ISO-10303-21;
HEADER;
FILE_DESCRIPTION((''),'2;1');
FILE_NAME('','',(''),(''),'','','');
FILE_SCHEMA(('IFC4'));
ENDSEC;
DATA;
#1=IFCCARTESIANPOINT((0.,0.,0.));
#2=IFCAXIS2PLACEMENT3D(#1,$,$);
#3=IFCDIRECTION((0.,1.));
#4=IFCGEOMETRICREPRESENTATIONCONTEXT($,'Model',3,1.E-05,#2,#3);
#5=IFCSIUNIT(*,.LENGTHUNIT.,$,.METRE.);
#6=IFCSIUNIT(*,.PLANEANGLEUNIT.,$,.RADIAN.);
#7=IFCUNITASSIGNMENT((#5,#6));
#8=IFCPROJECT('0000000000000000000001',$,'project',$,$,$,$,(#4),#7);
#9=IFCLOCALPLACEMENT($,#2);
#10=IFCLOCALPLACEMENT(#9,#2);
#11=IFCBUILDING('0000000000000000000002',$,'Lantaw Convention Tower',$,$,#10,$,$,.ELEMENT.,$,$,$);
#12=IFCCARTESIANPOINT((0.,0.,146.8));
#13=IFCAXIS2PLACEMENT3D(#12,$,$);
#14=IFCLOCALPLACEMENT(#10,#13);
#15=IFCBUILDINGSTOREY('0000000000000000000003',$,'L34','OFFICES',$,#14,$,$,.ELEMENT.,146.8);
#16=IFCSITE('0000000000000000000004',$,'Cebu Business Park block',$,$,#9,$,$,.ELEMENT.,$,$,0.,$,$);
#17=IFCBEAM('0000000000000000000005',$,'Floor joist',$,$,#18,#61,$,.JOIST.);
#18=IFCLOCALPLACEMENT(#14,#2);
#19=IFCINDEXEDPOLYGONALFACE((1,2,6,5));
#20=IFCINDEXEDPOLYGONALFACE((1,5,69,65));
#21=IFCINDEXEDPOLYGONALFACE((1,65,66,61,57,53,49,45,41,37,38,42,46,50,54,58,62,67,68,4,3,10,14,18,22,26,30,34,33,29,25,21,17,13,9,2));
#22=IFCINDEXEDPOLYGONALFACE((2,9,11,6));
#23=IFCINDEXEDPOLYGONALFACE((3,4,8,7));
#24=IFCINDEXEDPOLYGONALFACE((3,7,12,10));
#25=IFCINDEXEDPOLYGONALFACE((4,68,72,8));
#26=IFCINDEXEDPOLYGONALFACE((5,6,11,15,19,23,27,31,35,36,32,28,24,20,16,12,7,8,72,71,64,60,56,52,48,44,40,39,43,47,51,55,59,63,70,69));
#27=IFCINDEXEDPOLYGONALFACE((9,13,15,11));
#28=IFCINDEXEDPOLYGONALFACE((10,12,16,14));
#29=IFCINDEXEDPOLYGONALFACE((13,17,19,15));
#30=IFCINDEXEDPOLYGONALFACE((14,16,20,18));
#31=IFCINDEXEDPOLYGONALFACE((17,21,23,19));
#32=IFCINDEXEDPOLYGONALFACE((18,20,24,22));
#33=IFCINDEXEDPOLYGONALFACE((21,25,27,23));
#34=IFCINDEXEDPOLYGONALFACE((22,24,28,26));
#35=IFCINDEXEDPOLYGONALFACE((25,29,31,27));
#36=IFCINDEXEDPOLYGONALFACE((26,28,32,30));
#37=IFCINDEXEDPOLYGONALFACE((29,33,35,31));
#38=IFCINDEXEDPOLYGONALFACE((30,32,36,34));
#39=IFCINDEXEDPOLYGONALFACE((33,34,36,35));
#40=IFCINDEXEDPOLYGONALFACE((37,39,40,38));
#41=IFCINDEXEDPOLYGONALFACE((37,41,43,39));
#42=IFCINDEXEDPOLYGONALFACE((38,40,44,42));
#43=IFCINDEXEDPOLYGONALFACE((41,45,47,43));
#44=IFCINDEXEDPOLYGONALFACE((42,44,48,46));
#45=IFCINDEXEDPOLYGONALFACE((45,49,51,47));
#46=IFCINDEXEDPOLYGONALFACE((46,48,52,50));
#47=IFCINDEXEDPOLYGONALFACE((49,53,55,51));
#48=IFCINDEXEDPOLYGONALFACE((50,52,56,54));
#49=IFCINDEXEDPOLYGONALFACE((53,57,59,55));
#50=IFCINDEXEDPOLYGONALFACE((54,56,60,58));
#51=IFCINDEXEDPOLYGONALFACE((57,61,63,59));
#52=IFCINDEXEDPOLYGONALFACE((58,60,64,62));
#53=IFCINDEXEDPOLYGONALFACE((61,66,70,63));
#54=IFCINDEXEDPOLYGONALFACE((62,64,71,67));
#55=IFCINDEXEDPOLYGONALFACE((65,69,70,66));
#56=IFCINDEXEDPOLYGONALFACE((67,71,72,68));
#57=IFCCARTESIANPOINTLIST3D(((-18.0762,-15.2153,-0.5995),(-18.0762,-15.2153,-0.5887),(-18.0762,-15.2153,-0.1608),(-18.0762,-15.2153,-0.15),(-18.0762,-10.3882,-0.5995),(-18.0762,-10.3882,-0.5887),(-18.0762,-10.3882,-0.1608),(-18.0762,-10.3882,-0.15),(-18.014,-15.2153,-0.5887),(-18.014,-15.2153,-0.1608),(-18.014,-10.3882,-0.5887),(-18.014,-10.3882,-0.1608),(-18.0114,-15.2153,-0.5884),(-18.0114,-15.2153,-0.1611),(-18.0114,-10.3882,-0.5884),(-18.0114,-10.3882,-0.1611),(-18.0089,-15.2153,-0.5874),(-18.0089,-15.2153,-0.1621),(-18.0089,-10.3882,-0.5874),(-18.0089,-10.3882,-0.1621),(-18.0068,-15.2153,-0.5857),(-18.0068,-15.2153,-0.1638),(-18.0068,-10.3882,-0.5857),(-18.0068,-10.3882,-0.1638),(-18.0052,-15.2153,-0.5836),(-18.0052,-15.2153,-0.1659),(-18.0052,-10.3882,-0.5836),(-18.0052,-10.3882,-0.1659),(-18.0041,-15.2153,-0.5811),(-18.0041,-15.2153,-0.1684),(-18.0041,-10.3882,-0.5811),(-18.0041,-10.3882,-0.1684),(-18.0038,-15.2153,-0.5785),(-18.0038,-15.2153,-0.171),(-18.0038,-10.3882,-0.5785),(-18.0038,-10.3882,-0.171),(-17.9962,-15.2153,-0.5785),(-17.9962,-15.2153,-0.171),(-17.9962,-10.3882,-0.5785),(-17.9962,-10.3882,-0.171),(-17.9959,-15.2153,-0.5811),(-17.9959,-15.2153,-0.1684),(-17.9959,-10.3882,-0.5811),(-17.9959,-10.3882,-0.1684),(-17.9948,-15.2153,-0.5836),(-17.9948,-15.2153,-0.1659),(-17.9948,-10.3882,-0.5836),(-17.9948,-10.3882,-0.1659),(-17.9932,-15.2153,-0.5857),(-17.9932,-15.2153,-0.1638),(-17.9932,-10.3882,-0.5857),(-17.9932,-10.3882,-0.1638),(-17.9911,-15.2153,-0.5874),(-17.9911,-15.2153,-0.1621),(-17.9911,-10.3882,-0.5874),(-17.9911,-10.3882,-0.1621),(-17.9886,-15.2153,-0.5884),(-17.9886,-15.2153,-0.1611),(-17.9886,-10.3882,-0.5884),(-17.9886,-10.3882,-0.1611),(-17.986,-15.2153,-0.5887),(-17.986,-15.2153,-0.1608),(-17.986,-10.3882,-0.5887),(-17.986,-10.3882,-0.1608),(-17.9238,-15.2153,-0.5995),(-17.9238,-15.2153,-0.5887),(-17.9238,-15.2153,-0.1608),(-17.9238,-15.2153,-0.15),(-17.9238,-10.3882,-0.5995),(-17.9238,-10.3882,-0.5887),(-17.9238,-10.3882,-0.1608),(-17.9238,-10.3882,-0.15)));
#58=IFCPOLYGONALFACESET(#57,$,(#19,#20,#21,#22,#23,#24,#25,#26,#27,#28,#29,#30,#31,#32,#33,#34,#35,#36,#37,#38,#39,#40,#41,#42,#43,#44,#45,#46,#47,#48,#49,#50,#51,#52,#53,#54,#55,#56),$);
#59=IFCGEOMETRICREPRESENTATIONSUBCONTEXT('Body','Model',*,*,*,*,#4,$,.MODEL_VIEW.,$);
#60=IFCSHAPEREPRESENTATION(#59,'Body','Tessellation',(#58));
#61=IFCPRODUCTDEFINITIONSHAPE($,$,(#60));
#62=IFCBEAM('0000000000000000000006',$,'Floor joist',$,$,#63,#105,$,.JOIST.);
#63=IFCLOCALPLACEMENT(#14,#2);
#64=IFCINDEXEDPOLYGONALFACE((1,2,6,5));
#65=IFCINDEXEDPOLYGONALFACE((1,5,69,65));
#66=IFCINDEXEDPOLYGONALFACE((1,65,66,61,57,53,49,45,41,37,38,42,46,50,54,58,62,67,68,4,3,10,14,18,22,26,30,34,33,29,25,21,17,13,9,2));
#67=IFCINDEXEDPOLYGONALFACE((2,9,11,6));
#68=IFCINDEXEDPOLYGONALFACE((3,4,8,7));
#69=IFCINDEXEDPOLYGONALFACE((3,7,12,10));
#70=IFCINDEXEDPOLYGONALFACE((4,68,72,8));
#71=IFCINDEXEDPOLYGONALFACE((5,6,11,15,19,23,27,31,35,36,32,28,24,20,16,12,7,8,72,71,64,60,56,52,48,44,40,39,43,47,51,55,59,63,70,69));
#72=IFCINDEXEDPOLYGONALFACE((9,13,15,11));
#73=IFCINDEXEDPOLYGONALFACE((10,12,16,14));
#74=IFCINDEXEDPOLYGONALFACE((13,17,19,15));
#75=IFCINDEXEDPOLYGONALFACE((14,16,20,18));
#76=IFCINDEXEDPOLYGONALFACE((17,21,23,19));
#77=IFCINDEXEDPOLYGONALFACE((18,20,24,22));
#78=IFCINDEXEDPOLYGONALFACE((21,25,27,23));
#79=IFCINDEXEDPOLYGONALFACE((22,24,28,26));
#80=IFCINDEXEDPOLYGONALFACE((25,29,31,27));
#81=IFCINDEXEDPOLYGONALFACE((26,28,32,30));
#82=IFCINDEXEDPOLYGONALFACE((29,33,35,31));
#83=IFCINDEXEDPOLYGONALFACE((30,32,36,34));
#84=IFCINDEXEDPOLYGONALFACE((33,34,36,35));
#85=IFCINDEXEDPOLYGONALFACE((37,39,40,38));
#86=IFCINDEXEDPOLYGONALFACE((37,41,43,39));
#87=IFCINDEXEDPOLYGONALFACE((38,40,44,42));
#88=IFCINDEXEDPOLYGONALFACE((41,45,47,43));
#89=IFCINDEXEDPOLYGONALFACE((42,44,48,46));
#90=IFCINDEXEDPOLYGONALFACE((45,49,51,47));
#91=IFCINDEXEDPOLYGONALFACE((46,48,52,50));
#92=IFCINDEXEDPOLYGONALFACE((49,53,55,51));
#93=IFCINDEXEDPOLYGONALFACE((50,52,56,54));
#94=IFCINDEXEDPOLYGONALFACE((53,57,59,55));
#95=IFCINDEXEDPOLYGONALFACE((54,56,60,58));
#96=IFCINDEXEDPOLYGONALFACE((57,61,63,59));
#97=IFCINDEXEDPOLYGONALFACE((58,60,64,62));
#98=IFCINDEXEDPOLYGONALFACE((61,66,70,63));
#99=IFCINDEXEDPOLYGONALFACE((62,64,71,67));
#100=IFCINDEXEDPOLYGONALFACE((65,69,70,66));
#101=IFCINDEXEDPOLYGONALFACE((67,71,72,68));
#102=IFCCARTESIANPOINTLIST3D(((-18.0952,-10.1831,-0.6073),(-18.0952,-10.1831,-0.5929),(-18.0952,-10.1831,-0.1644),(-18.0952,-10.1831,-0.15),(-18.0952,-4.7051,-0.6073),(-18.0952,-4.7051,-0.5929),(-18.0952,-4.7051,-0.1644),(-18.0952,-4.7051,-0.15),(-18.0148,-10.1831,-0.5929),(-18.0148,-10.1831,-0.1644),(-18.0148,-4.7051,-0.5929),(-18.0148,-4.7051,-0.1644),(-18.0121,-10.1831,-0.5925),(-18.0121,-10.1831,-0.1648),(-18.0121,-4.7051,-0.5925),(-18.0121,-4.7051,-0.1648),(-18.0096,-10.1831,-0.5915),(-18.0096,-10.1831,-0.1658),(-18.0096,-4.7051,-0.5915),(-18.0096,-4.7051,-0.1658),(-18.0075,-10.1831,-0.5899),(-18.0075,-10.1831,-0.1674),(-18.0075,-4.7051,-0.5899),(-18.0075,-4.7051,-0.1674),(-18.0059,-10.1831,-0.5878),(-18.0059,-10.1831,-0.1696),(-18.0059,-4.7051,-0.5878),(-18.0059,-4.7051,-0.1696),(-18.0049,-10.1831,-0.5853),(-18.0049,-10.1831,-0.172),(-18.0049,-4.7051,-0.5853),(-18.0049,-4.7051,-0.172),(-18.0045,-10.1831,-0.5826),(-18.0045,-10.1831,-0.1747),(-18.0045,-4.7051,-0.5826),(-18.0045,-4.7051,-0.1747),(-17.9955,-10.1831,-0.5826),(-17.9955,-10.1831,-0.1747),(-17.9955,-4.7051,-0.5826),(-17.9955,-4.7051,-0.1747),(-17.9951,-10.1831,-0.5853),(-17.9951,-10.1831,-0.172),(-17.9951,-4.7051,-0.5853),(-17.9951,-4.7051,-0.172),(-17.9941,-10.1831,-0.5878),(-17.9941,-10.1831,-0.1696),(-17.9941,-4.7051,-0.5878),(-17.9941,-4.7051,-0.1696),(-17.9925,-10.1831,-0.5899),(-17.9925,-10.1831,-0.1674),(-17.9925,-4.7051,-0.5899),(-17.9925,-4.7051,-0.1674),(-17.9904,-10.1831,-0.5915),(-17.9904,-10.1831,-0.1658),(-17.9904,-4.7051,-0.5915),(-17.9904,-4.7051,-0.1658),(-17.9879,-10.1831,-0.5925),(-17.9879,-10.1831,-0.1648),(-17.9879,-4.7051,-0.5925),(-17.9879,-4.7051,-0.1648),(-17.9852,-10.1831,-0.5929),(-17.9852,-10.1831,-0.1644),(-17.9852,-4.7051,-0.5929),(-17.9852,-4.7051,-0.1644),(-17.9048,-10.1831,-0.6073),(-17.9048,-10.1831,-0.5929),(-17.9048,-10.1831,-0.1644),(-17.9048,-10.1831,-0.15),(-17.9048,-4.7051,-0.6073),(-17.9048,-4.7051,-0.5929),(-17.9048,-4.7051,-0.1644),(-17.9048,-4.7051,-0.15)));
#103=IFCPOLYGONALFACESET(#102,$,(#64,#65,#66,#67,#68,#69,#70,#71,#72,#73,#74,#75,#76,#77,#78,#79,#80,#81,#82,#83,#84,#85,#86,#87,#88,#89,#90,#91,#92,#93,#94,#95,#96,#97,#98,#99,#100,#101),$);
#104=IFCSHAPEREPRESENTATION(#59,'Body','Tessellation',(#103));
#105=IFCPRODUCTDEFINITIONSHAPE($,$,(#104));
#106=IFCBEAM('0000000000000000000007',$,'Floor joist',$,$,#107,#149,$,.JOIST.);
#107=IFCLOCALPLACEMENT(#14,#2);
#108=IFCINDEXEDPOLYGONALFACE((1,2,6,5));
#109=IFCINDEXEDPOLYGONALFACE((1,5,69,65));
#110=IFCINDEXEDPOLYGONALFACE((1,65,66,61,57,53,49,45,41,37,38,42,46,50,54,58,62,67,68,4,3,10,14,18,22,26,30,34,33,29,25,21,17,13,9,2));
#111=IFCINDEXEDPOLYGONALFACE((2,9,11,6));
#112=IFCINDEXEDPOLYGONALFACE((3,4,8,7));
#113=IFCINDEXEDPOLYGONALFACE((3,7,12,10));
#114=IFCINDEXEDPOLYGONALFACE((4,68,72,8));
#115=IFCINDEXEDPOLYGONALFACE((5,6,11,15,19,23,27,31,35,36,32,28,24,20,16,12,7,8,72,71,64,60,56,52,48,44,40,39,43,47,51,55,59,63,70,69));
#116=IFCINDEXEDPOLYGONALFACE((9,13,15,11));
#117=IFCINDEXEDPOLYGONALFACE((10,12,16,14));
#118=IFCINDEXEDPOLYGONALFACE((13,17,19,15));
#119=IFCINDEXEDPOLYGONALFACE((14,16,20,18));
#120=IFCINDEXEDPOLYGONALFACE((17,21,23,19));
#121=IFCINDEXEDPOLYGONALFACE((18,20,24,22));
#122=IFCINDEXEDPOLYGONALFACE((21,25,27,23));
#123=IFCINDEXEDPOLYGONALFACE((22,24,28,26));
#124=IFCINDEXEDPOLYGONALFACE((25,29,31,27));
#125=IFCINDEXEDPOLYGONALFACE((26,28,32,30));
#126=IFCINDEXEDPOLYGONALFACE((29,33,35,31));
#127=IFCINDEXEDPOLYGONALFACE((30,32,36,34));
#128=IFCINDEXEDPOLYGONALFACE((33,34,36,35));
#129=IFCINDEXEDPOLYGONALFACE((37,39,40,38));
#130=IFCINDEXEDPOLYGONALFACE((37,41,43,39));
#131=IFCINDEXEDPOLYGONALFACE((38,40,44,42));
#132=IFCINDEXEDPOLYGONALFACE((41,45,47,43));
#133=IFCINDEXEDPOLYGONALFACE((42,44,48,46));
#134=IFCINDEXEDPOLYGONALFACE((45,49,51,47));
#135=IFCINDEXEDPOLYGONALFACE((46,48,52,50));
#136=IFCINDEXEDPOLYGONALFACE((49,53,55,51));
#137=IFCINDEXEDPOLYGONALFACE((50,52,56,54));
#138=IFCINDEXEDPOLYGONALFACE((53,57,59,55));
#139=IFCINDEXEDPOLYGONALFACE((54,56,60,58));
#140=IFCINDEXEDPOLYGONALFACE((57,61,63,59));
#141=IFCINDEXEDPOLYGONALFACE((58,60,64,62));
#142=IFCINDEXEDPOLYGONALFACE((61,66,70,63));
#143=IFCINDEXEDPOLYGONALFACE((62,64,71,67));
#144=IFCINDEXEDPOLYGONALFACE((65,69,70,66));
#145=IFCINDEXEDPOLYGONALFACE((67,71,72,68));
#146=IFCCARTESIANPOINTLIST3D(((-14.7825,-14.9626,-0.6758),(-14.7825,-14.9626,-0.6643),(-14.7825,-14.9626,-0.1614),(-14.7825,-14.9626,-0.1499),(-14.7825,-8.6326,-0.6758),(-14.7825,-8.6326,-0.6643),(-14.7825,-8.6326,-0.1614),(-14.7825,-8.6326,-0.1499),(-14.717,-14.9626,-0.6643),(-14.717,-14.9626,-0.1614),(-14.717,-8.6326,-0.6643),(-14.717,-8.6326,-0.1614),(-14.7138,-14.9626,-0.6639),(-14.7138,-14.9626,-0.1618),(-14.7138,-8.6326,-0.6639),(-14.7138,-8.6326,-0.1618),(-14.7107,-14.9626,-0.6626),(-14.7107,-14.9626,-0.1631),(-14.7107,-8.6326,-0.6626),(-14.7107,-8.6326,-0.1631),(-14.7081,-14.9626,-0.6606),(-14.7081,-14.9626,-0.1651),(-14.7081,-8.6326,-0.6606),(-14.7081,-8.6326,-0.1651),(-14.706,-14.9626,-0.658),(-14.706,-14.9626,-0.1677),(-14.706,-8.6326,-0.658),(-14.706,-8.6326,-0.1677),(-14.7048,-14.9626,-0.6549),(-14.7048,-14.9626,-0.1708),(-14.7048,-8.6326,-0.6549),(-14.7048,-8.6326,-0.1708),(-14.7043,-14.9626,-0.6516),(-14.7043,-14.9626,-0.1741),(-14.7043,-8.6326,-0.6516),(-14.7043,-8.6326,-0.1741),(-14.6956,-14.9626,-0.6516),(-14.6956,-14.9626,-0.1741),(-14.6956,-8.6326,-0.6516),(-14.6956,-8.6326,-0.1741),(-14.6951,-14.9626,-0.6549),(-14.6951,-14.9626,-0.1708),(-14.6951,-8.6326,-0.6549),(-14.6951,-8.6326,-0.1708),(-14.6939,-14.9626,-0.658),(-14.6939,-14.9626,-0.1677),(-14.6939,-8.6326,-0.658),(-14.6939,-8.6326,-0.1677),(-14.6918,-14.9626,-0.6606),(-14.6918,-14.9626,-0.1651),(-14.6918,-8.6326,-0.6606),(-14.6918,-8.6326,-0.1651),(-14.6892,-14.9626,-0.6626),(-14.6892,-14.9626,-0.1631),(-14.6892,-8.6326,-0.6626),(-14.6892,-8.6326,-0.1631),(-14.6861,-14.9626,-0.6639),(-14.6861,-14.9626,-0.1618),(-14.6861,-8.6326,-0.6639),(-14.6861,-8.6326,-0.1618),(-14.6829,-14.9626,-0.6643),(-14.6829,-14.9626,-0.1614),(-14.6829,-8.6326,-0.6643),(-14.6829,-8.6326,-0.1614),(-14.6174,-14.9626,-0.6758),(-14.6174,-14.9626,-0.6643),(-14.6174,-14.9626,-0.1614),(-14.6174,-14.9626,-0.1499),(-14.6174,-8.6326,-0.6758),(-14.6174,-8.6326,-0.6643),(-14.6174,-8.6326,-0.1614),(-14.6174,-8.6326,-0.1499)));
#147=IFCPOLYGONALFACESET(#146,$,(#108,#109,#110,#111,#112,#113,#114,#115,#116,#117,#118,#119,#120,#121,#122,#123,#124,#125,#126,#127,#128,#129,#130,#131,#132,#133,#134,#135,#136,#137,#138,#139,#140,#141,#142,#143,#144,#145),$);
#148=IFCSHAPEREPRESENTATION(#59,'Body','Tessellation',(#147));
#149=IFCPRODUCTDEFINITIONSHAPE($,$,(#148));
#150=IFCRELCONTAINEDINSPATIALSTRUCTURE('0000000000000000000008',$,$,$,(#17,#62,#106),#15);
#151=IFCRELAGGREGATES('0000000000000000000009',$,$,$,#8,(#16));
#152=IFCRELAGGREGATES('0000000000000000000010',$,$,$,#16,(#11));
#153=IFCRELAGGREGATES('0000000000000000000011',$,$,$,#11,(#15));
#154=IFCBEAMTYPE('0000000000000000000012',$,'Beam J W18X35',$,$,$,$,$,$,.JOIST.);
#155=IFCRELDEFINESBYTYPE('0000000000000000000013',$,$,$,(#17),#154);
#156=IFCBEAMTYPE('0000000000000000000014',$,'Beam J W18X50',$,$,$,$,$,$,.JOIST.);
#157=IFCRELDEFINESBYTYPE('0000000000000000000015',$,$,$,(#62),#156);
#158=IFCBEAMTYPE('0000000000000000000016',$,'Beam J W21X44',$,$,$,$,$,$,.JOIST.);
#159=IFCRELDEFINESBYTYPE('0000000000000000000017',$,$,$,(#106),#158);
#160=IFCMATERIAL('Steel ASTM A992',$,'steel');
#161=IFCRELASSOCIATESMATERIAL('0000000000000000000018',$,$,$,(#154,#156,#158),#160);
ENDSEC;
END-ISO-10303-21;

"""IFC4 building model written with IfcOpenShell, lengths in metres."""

from ifc_helpers import new_model, si_unit, direction, frame, origin, origin_2d, place, context, subcontext, project, spatial, i_section, extrude, material, material_profile, profile_set, type_object, element, save


model = new_model("IFC4")

# Units and contexts
model_context = context("Model", 3, precision=1e-05, world=origin(), true_north=direction((0.0, 1.0)))
body_context = subcontext(model_context, "Body", "Model", "MODEL_VIEW")
ifc_project = project(units=[si_unit("LENGTHUNIT", "METRE"), si_unit("PLANEANGLEUNIT", "RADIAN")], contexts=[model_context])

# Site, building, storey
site_placement = place(None, origin())
site = spatial("IfcSite", under=ifc_project, at=site_placement, Name="Cebu Business Park block", CompositionType="ELEMENT", RefElevation=0.0)
building_placement = place(site_placement, origin())
building = spatial("IfcBuilding", under=site, at=building_placement, Name="Lantaw Convention Tower", CompositionType="ELEMENT")
storey_placement = place(building_placement, frame((0.0, 0.0, 146.8)))
storey = spatial("IfcBuildingStorey", under=building, at=storey_placement, Name="L34", Description="OFFICES", CompositionType="ELEMENT", Elevation=146.8)

# Beams
ifc_material_1 = material(Name="Steel ASTM A992", Category="steel")
ifc_material_profile_1 = material_profile(ifc_material_1, i_section(OverallWidth=0.1523, OverallDepth=0.4495, WebThickness=0.0076, FlangeThickness=0.0107, FilletRadius=0.0103, at=origin_2d()), Name="W18X35")
ifc_profile_set_1 = profile_set([ifc_material_profile_1], Name="Steel ASTM A992")
beam_type_1 = type_object("IfcBeamType", Name="Beam J W18X35", PredefinedType="JOIST", material=ifc_profile_set_1)
beam_1_placement = place(storey_placement, frame((-18.0, -15.2153, -0.3748), z_axis=(0.0, 1.0, 0.0), x_axis=(-1.0, 0.0, 0.0)))
element("IfcBeam", 1, at=beam_1_placement, inside=storey, type_object=beam_type_1, Name="Floor joist", PredefinedType="JOIST", context=body_context, shape_type="SweptSolid", body=[
    extrude(i_section(OverallWidth=0.1523, OverallDepth=0.4495, WebThickness=0.0076, FlangeThickness=0.0107, FilletRadius=0.0103, at=origin_2d()), origin(), (0.0, 0.0, 1.0), 4.8271),
])
ifc_material_profile_2 = material_profile(ifc_material_1, i_section(OverallWidth=0.1904, OverallDepth=0.4573, WebThickness=0.009, FlangeThickness=0.0144, FilletRadius=0.0103, at=origin_2d()), Name="W18X50")
ifc_profile_set_2 = profile_set([ifc_material_profile_2], Name="Steel ASTM A992")
beam_type_2 = type_object("IfcBeamType", Name="Beam J W18X50", PredefinedType="JOIST", material=ifc_profile_set_2)
beam_2_placement = place(storey_placement, frame((-18.0, -10.1831, -0.3787), z_axis=(0.0, 1.0, 0.0), x_axis=(-1.0, 0.0, 0.0)))
element("IfcBeam", 2, at=beam_2_placement, inside=storey, type_object=beam_type_2, Name="Floor joist", PredefinedType="JOIST", context=body_context, shape_type="SweptSolid", body=[
    extrude(i_section(OverallWidth=0.1904, OverallDepth=0.4573, WebThickness=0.009, FlangeThickness=0.0144, FilletRadius=0.0103, at=origin_2d()), origin(), (0.0, 0.0, 1.0), 5.478),
])
ifc_material_profile_3 = material_profile(ifc_material_1, i_section(OverallWidth=0.165, OverallDepth=0.5259, WebThickness=0.0088, FlangeThickness=0.0115, FilletRadius=0.0127, at=origin_2d()), Name="W21X44")
ifc_profile_set_3 = profile_set([ifc_material_profile_3], Name="Steel ASTM A992")
beam_type_3 = type_object("IfcBeamType", Name="Beam J W21X44", PredefinedType="JOIST", material=ifc_profile_set_3)
beam_3_placement = place(storey_placement, frame((-14.7, -14.9626, -0.4128), z_axis=(0.0, 1.0, 0.0), x_axis=(-1.0, 0.0, 0.0)))
element("IfcBeam", 3, at=beam_3_placement, inside=storey, type_object=beam_type_3, Name="Floor joist", PredefinedType="JOIST", context=body_context, shape_type="SweptSolid", body=[
    extrude(i_section(OverallWidth=0.165, OverallDepth=0.5259, WebThickness=0.0088, FlangeThickness=0.0115, FilletRadius=0.0127, at=origin_2d()), origin(), (0.0, 0.0, 1.0), 6.3301),
])

save(model, "model.ifc")
